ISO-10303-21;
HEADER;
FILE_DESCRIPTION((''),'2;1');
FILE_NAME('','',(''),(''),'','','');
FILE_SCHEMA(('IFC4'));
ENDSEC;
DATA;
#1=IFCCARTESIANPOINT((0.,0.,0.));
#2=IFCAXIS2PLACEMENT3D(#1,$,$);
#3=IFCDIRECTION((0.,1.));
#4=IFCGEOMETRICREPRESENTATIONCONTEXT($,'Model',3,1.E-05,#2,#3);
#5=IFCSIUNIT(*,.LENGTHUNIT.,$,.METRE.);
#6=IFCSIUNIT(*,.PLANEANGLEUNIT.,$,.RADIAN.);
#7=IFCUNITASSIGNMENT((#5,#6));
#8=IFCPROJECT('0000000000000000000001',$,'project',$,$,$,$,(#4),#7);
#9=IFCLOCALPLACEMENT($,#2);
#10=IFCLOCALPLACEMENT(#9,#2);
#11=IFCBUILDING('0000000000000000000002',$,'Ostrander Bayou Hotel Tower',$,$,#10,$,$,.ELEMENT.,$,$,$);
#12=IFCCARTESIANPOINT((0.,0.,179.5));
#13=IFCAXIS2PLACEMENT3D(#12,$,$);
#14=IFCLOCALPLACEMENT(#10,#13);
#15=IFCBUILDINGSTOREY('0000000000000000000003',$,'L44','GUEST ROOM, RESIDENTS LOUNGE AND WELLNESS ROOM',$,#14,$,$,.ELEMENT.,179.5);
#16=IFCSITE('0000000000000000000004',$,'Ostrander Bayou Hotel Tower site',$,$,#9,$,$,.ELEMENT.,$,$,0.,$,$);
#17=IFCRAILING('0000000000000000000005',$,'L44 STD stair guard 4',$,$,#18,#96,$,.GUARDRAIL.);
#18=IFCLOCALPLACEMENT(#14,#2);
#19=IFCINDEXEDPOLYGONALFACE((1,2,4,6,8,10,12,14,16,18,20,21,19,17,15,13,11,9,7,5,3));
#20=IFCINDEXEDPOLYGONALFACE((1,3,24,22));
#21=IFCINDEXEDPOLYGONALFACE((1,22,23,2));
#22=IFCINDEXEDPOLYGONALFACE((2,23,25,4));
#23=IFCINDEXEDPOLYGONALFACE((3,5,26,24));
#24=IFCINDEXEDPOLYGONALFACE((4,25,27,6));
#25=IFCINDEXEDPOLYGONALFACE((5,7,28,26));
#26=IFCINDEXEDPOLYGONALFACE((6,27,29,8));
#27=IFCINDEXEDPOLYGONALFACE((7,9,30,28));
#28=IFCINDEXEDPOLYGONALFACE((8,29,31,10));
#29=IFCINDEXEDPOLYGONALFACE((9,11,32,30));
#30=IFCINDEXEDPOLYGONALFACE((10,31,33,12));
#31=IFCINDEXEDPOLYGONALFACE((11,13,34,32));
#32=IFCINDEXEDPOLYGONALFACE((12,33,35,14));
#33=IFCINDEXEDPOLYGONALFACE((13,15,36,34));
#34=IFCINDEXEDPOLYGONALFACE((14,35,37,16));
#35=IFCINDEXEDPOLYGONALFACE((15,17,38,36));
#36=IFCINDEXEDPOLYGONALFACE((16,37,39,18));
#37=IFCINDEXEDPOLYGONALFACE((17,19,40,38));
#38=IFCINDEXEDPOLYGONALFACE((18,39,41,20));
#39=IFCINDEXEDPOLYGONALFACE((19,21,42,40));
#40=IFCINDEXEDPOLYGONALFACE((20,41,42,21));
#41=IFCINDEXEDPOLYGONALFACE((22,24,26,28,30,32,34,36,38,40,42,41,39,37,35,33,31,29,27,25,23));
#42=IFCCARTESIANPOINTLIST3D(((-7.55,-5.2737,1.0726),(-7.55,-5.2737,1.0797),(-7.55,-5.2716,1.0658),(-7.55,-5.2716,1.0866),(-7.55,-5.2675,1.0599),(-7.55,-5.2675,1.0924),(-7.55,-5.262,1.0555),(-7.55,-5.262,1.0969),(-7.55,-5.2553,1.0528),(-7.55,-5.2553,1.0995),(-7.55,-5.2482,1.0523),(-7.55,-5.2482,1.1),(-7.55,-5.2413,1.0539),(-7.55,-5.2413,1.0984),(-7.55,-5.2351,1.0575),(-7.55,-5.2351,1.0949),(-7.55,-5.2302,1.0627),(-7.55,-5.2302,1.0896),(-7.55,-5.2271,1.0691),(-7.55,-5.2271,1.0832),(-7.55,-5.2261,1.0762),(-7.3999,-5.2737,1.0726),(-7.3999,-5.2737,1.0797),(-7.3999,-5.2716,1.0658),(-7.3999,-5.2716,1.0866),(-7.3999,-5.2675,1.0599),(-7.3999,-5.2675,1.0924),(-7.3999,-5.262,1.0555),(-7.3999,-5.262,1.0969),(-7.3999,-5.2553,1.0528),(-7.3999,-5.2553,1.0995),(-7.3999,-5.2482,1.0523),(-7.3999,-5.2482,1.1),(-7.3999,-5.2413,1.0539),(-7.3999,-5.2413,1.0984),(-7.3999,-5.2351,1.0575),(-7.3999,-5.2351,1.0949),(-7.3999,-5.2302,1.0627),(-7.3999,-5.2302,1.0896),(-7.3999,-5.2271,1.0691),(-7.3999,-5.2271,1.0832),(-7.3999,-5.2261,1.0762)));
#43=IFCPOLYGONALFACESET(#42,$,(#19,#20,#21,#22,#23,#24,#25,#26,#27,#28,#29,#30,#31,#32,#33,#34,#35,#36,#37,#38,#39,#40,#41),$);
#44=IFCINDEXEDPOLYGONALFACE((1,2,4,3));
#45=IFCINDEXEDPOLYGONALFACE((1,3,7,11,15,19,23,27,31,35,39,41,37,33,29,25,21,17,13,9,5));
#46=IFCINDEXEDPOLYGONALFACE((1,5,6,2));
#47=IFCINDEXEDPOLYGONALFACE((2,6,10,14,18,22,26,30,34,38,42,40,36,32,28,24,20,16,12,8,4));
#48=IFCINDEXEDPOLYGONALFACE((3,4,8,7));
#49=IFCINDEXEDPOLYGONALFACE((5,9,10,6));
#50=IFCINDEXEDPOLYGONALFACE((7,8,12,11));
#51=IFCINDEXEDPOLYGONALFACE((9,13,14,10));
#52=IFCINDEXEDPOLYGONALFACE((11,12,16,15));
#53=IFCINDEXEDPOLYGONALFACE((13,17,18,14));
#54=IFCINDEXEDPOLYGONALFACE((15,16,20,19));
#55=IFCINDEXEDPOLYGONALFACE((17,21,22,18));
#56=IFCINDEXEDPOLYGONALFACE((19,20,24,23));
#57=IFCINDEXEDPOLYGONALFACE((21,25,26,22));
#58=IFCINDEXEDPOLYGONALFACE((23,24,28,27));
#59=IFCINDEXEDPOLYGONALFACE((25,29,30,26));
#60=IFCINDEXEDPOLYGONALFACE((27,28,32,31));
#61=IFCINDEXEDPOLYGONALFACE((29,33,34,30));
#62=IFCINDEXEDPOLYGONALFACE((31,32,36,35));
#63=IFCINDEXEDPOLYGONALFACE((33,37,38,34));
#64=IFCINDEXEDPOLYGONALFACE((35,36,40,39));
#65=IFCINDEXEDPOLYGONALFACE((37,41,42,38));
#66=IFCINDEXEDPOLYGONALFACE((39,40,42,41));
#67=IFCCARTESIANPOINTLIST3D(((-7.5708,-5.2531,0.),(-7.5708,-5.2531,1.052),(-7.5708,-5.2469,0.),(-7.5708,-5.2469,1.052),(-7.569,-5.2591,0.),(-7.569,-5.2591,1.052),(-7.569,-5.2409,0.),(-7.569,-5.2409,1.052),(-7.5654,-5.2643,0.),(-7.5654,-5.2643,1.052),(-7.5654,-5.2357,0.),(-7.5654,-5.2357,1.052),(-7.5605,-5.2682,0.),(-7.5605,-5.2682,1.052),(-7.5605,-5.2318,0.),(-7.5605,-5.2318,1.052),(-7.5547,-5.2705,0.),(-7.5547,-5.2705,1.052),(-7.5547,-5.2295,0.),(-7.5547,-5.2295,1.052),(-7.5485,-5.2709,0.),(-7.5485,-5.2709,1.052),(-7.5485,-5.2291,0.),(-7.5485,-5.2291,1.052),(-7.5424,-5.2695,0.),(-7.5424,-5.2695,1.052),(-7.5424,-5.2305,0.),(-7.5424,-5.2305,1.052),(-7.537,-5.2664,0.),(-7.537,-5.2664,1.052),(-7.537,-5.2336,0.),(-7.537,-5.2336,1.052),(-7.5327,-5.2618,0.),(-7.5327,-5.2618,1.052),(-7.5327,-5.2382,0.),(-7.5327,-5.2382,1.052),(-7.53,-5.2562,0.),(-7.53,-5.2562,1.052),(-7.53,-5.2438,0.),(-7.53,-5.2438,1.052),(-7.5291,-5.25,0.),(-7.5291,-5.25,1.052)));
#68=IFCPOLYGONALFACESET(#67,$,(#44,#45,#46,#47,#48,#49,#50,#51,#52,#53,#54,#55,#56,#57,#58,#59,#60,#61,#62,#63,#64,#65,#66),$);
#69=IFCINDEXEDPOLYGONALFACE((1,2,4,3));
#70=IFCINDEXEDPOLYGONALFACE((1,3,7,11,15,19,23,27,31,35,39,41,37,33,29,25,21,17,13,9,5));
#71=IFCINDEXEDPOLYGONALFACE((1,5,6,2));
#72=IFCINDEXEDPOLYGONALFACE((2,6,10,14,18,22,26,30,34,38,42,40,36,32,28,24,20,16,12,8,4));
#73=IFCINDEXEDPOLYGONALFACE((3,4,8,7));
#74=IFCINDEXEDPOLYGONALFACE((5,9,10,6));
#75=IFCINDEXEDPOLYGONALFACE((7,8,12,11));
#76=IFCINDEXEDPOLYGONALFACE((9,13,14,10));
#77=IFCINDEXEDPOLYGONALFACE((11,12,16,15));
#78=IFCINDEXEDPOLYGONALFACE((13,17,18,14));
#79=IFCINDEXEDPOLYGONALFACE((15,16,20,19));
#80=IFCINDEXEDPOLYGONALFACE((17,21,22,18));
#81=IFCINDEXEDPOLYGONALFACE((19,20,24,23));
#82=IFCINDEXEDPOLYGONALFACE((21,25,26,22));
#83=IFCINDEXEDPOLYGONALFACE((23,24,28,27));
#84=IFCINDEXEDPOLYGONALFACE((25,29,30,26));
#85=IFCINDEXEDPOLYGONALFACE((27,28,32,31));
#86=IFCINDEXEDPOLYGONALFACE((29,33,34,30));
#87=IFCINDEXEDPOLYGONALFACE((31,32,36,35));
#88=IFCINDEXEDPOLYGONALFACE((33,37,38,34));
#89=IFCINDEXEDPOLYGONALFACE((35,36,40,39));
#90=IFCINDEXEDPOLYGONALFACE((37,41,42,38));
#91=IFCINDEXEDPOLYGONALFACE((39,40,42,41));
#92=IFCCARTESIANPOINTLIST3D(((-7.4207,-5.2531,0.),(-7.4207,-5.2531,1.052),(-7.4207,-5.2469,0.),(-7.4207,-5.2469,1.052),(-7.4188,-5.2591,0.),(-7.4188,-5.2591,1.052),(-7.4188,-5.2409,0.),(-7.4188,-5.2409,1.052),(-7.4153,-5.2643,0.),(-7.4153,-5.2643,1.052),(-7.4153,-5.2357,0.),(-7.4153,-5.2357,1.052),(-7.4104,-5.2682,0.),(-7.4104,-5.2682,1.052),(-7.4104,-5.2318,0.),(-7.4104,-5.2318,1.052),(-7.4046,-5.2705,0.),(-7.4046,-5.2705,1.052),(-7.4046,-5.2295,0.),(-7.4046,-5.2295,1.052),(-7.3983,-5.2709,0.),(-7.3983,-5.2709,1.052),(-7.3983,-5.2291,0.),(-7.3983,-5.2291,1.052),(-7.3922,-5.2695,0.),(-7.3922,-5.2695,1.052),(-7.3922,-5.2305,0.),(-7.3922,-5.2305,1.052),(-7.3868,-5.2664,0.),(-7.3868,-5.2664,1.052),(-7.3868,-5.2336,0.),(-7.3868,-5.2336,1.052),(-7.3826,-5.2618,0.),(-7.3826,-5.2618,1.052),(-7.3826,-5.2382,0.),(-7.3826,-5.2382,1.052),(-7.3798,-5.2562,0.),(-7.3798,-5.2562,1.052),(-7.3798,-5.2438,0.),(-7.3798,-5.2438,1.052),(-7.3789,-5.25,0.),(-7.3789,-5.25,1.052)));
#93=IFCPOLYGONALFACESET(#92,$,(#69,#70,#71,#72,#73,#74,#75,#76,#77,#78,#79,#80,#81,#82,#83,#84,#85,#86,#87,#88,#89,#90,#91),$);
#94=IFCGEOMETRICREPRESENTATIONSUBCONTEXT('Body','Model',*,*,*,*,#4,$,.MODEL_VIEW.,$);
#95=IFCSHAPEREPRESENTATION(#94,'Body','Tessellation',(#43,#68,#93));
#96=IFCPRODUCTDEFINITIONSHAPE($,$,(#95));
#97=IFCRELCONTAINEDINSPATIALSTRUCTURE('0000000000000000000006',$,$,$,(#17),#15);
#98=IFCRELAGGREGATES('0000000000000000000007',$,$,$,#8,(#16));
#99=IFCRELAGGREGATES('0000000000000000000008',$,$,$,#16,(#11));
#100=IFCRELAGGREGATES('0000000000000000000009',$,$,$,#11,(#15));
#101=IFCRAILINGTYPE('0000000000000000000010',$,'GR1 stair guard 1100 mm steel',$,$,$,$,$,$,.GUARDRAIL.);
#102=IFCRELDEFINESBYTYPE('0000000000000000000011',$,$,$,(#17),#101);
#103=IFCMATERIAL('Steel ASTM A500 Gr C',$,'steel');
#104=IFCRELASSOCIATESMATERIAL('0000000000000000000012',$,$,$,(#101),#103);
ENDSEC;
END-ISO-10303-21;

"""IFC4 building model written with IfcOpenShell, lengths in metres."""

from ifc_helpers import new_model, si_unit, direction, frame, origin, origin_2d, place, context, subcontext, project, spatial, circle, extrude, material, type_object, element, save


model = new_model("IFC4")

# Units and contexts
model_context = context("Model", 3, precision=1e-05, world=origin(), true_north=direction((0.0, 1.0)))
body_context = subcontext(model_context, "Body", "Model", "MODEL_VIEW")
ifc_project = project(units=[si_unit("LENGTHUNIT", "METRE"), si_unit("PLANEANGLEUNIT", "RADIAN")], contexts=[model_context])

# Site, building, storey
site_placement = place(None, origin())
site = spatial("IfcSite", under=ifc_project, at=site_placement, Name="Ostrander Bayou Hotel Tower site", CompositionType="ELEMENT", RefElevation=0.0)
building_placement = place(site_placement, origin())
building = spatial("IfcBuilding", under=site, at=building_placement, Name="Ostrander Bayou Hotel Tower", CompositionType="ELEMENT")
storey_placement = place(building_placement, frame((0.0, 0.0, 179.5)))
storey = spatial("IfcBuildingStorey", under=building, at=storey_placement, Name="L44", Description="GUEST ROOM, RESIDENTS LOUNGE AND WELLNESS ROOM", CompositionType="ELEMENT", Elevation=179.5)

# Railing
ifc_material_1 = material(Name="Steel ASTM A500 Gr C", Category="steel")
railing_type_1 = type_object("IfcRailingType", Name="GR1 stair guard 1100 mm steel", PredefinedType="GUARDRAIL", material=ifc_material_1)
railing_1_placement = place(storey_placement, frame((-7.55, -5.25, 0.0)))
element("IfcRailing", 1, at=railing_1_placement, inside=storey, type_object=railing_type_1, Name="L44 STD stair guard 4", PredefinedType="GUARDRAIL", context=body_context, shape_type="SweptSolid", body=[
    extrude(circle(Radius=0.0239, at=origin_2d()), frame((0.0, 0.0, 1.0762), z_axis=(1.0, 0.0, 0.0), x_axis=(0.0, 1.0, 0.0)), (0.0, 0.0, 1.0), 0.1501),
    extrude(circle(Radius=0.021, at=origin_2d()), origin(), (0.0, 0.0, 1.0), 1.052),
    extrude(circle(Radius=0.021, at=origin_2d()), frame((0.1501, 0.0, 0.0)), (0.0, 0.0, 1.0), 1.052),
])

save(model, "model.ifc")
